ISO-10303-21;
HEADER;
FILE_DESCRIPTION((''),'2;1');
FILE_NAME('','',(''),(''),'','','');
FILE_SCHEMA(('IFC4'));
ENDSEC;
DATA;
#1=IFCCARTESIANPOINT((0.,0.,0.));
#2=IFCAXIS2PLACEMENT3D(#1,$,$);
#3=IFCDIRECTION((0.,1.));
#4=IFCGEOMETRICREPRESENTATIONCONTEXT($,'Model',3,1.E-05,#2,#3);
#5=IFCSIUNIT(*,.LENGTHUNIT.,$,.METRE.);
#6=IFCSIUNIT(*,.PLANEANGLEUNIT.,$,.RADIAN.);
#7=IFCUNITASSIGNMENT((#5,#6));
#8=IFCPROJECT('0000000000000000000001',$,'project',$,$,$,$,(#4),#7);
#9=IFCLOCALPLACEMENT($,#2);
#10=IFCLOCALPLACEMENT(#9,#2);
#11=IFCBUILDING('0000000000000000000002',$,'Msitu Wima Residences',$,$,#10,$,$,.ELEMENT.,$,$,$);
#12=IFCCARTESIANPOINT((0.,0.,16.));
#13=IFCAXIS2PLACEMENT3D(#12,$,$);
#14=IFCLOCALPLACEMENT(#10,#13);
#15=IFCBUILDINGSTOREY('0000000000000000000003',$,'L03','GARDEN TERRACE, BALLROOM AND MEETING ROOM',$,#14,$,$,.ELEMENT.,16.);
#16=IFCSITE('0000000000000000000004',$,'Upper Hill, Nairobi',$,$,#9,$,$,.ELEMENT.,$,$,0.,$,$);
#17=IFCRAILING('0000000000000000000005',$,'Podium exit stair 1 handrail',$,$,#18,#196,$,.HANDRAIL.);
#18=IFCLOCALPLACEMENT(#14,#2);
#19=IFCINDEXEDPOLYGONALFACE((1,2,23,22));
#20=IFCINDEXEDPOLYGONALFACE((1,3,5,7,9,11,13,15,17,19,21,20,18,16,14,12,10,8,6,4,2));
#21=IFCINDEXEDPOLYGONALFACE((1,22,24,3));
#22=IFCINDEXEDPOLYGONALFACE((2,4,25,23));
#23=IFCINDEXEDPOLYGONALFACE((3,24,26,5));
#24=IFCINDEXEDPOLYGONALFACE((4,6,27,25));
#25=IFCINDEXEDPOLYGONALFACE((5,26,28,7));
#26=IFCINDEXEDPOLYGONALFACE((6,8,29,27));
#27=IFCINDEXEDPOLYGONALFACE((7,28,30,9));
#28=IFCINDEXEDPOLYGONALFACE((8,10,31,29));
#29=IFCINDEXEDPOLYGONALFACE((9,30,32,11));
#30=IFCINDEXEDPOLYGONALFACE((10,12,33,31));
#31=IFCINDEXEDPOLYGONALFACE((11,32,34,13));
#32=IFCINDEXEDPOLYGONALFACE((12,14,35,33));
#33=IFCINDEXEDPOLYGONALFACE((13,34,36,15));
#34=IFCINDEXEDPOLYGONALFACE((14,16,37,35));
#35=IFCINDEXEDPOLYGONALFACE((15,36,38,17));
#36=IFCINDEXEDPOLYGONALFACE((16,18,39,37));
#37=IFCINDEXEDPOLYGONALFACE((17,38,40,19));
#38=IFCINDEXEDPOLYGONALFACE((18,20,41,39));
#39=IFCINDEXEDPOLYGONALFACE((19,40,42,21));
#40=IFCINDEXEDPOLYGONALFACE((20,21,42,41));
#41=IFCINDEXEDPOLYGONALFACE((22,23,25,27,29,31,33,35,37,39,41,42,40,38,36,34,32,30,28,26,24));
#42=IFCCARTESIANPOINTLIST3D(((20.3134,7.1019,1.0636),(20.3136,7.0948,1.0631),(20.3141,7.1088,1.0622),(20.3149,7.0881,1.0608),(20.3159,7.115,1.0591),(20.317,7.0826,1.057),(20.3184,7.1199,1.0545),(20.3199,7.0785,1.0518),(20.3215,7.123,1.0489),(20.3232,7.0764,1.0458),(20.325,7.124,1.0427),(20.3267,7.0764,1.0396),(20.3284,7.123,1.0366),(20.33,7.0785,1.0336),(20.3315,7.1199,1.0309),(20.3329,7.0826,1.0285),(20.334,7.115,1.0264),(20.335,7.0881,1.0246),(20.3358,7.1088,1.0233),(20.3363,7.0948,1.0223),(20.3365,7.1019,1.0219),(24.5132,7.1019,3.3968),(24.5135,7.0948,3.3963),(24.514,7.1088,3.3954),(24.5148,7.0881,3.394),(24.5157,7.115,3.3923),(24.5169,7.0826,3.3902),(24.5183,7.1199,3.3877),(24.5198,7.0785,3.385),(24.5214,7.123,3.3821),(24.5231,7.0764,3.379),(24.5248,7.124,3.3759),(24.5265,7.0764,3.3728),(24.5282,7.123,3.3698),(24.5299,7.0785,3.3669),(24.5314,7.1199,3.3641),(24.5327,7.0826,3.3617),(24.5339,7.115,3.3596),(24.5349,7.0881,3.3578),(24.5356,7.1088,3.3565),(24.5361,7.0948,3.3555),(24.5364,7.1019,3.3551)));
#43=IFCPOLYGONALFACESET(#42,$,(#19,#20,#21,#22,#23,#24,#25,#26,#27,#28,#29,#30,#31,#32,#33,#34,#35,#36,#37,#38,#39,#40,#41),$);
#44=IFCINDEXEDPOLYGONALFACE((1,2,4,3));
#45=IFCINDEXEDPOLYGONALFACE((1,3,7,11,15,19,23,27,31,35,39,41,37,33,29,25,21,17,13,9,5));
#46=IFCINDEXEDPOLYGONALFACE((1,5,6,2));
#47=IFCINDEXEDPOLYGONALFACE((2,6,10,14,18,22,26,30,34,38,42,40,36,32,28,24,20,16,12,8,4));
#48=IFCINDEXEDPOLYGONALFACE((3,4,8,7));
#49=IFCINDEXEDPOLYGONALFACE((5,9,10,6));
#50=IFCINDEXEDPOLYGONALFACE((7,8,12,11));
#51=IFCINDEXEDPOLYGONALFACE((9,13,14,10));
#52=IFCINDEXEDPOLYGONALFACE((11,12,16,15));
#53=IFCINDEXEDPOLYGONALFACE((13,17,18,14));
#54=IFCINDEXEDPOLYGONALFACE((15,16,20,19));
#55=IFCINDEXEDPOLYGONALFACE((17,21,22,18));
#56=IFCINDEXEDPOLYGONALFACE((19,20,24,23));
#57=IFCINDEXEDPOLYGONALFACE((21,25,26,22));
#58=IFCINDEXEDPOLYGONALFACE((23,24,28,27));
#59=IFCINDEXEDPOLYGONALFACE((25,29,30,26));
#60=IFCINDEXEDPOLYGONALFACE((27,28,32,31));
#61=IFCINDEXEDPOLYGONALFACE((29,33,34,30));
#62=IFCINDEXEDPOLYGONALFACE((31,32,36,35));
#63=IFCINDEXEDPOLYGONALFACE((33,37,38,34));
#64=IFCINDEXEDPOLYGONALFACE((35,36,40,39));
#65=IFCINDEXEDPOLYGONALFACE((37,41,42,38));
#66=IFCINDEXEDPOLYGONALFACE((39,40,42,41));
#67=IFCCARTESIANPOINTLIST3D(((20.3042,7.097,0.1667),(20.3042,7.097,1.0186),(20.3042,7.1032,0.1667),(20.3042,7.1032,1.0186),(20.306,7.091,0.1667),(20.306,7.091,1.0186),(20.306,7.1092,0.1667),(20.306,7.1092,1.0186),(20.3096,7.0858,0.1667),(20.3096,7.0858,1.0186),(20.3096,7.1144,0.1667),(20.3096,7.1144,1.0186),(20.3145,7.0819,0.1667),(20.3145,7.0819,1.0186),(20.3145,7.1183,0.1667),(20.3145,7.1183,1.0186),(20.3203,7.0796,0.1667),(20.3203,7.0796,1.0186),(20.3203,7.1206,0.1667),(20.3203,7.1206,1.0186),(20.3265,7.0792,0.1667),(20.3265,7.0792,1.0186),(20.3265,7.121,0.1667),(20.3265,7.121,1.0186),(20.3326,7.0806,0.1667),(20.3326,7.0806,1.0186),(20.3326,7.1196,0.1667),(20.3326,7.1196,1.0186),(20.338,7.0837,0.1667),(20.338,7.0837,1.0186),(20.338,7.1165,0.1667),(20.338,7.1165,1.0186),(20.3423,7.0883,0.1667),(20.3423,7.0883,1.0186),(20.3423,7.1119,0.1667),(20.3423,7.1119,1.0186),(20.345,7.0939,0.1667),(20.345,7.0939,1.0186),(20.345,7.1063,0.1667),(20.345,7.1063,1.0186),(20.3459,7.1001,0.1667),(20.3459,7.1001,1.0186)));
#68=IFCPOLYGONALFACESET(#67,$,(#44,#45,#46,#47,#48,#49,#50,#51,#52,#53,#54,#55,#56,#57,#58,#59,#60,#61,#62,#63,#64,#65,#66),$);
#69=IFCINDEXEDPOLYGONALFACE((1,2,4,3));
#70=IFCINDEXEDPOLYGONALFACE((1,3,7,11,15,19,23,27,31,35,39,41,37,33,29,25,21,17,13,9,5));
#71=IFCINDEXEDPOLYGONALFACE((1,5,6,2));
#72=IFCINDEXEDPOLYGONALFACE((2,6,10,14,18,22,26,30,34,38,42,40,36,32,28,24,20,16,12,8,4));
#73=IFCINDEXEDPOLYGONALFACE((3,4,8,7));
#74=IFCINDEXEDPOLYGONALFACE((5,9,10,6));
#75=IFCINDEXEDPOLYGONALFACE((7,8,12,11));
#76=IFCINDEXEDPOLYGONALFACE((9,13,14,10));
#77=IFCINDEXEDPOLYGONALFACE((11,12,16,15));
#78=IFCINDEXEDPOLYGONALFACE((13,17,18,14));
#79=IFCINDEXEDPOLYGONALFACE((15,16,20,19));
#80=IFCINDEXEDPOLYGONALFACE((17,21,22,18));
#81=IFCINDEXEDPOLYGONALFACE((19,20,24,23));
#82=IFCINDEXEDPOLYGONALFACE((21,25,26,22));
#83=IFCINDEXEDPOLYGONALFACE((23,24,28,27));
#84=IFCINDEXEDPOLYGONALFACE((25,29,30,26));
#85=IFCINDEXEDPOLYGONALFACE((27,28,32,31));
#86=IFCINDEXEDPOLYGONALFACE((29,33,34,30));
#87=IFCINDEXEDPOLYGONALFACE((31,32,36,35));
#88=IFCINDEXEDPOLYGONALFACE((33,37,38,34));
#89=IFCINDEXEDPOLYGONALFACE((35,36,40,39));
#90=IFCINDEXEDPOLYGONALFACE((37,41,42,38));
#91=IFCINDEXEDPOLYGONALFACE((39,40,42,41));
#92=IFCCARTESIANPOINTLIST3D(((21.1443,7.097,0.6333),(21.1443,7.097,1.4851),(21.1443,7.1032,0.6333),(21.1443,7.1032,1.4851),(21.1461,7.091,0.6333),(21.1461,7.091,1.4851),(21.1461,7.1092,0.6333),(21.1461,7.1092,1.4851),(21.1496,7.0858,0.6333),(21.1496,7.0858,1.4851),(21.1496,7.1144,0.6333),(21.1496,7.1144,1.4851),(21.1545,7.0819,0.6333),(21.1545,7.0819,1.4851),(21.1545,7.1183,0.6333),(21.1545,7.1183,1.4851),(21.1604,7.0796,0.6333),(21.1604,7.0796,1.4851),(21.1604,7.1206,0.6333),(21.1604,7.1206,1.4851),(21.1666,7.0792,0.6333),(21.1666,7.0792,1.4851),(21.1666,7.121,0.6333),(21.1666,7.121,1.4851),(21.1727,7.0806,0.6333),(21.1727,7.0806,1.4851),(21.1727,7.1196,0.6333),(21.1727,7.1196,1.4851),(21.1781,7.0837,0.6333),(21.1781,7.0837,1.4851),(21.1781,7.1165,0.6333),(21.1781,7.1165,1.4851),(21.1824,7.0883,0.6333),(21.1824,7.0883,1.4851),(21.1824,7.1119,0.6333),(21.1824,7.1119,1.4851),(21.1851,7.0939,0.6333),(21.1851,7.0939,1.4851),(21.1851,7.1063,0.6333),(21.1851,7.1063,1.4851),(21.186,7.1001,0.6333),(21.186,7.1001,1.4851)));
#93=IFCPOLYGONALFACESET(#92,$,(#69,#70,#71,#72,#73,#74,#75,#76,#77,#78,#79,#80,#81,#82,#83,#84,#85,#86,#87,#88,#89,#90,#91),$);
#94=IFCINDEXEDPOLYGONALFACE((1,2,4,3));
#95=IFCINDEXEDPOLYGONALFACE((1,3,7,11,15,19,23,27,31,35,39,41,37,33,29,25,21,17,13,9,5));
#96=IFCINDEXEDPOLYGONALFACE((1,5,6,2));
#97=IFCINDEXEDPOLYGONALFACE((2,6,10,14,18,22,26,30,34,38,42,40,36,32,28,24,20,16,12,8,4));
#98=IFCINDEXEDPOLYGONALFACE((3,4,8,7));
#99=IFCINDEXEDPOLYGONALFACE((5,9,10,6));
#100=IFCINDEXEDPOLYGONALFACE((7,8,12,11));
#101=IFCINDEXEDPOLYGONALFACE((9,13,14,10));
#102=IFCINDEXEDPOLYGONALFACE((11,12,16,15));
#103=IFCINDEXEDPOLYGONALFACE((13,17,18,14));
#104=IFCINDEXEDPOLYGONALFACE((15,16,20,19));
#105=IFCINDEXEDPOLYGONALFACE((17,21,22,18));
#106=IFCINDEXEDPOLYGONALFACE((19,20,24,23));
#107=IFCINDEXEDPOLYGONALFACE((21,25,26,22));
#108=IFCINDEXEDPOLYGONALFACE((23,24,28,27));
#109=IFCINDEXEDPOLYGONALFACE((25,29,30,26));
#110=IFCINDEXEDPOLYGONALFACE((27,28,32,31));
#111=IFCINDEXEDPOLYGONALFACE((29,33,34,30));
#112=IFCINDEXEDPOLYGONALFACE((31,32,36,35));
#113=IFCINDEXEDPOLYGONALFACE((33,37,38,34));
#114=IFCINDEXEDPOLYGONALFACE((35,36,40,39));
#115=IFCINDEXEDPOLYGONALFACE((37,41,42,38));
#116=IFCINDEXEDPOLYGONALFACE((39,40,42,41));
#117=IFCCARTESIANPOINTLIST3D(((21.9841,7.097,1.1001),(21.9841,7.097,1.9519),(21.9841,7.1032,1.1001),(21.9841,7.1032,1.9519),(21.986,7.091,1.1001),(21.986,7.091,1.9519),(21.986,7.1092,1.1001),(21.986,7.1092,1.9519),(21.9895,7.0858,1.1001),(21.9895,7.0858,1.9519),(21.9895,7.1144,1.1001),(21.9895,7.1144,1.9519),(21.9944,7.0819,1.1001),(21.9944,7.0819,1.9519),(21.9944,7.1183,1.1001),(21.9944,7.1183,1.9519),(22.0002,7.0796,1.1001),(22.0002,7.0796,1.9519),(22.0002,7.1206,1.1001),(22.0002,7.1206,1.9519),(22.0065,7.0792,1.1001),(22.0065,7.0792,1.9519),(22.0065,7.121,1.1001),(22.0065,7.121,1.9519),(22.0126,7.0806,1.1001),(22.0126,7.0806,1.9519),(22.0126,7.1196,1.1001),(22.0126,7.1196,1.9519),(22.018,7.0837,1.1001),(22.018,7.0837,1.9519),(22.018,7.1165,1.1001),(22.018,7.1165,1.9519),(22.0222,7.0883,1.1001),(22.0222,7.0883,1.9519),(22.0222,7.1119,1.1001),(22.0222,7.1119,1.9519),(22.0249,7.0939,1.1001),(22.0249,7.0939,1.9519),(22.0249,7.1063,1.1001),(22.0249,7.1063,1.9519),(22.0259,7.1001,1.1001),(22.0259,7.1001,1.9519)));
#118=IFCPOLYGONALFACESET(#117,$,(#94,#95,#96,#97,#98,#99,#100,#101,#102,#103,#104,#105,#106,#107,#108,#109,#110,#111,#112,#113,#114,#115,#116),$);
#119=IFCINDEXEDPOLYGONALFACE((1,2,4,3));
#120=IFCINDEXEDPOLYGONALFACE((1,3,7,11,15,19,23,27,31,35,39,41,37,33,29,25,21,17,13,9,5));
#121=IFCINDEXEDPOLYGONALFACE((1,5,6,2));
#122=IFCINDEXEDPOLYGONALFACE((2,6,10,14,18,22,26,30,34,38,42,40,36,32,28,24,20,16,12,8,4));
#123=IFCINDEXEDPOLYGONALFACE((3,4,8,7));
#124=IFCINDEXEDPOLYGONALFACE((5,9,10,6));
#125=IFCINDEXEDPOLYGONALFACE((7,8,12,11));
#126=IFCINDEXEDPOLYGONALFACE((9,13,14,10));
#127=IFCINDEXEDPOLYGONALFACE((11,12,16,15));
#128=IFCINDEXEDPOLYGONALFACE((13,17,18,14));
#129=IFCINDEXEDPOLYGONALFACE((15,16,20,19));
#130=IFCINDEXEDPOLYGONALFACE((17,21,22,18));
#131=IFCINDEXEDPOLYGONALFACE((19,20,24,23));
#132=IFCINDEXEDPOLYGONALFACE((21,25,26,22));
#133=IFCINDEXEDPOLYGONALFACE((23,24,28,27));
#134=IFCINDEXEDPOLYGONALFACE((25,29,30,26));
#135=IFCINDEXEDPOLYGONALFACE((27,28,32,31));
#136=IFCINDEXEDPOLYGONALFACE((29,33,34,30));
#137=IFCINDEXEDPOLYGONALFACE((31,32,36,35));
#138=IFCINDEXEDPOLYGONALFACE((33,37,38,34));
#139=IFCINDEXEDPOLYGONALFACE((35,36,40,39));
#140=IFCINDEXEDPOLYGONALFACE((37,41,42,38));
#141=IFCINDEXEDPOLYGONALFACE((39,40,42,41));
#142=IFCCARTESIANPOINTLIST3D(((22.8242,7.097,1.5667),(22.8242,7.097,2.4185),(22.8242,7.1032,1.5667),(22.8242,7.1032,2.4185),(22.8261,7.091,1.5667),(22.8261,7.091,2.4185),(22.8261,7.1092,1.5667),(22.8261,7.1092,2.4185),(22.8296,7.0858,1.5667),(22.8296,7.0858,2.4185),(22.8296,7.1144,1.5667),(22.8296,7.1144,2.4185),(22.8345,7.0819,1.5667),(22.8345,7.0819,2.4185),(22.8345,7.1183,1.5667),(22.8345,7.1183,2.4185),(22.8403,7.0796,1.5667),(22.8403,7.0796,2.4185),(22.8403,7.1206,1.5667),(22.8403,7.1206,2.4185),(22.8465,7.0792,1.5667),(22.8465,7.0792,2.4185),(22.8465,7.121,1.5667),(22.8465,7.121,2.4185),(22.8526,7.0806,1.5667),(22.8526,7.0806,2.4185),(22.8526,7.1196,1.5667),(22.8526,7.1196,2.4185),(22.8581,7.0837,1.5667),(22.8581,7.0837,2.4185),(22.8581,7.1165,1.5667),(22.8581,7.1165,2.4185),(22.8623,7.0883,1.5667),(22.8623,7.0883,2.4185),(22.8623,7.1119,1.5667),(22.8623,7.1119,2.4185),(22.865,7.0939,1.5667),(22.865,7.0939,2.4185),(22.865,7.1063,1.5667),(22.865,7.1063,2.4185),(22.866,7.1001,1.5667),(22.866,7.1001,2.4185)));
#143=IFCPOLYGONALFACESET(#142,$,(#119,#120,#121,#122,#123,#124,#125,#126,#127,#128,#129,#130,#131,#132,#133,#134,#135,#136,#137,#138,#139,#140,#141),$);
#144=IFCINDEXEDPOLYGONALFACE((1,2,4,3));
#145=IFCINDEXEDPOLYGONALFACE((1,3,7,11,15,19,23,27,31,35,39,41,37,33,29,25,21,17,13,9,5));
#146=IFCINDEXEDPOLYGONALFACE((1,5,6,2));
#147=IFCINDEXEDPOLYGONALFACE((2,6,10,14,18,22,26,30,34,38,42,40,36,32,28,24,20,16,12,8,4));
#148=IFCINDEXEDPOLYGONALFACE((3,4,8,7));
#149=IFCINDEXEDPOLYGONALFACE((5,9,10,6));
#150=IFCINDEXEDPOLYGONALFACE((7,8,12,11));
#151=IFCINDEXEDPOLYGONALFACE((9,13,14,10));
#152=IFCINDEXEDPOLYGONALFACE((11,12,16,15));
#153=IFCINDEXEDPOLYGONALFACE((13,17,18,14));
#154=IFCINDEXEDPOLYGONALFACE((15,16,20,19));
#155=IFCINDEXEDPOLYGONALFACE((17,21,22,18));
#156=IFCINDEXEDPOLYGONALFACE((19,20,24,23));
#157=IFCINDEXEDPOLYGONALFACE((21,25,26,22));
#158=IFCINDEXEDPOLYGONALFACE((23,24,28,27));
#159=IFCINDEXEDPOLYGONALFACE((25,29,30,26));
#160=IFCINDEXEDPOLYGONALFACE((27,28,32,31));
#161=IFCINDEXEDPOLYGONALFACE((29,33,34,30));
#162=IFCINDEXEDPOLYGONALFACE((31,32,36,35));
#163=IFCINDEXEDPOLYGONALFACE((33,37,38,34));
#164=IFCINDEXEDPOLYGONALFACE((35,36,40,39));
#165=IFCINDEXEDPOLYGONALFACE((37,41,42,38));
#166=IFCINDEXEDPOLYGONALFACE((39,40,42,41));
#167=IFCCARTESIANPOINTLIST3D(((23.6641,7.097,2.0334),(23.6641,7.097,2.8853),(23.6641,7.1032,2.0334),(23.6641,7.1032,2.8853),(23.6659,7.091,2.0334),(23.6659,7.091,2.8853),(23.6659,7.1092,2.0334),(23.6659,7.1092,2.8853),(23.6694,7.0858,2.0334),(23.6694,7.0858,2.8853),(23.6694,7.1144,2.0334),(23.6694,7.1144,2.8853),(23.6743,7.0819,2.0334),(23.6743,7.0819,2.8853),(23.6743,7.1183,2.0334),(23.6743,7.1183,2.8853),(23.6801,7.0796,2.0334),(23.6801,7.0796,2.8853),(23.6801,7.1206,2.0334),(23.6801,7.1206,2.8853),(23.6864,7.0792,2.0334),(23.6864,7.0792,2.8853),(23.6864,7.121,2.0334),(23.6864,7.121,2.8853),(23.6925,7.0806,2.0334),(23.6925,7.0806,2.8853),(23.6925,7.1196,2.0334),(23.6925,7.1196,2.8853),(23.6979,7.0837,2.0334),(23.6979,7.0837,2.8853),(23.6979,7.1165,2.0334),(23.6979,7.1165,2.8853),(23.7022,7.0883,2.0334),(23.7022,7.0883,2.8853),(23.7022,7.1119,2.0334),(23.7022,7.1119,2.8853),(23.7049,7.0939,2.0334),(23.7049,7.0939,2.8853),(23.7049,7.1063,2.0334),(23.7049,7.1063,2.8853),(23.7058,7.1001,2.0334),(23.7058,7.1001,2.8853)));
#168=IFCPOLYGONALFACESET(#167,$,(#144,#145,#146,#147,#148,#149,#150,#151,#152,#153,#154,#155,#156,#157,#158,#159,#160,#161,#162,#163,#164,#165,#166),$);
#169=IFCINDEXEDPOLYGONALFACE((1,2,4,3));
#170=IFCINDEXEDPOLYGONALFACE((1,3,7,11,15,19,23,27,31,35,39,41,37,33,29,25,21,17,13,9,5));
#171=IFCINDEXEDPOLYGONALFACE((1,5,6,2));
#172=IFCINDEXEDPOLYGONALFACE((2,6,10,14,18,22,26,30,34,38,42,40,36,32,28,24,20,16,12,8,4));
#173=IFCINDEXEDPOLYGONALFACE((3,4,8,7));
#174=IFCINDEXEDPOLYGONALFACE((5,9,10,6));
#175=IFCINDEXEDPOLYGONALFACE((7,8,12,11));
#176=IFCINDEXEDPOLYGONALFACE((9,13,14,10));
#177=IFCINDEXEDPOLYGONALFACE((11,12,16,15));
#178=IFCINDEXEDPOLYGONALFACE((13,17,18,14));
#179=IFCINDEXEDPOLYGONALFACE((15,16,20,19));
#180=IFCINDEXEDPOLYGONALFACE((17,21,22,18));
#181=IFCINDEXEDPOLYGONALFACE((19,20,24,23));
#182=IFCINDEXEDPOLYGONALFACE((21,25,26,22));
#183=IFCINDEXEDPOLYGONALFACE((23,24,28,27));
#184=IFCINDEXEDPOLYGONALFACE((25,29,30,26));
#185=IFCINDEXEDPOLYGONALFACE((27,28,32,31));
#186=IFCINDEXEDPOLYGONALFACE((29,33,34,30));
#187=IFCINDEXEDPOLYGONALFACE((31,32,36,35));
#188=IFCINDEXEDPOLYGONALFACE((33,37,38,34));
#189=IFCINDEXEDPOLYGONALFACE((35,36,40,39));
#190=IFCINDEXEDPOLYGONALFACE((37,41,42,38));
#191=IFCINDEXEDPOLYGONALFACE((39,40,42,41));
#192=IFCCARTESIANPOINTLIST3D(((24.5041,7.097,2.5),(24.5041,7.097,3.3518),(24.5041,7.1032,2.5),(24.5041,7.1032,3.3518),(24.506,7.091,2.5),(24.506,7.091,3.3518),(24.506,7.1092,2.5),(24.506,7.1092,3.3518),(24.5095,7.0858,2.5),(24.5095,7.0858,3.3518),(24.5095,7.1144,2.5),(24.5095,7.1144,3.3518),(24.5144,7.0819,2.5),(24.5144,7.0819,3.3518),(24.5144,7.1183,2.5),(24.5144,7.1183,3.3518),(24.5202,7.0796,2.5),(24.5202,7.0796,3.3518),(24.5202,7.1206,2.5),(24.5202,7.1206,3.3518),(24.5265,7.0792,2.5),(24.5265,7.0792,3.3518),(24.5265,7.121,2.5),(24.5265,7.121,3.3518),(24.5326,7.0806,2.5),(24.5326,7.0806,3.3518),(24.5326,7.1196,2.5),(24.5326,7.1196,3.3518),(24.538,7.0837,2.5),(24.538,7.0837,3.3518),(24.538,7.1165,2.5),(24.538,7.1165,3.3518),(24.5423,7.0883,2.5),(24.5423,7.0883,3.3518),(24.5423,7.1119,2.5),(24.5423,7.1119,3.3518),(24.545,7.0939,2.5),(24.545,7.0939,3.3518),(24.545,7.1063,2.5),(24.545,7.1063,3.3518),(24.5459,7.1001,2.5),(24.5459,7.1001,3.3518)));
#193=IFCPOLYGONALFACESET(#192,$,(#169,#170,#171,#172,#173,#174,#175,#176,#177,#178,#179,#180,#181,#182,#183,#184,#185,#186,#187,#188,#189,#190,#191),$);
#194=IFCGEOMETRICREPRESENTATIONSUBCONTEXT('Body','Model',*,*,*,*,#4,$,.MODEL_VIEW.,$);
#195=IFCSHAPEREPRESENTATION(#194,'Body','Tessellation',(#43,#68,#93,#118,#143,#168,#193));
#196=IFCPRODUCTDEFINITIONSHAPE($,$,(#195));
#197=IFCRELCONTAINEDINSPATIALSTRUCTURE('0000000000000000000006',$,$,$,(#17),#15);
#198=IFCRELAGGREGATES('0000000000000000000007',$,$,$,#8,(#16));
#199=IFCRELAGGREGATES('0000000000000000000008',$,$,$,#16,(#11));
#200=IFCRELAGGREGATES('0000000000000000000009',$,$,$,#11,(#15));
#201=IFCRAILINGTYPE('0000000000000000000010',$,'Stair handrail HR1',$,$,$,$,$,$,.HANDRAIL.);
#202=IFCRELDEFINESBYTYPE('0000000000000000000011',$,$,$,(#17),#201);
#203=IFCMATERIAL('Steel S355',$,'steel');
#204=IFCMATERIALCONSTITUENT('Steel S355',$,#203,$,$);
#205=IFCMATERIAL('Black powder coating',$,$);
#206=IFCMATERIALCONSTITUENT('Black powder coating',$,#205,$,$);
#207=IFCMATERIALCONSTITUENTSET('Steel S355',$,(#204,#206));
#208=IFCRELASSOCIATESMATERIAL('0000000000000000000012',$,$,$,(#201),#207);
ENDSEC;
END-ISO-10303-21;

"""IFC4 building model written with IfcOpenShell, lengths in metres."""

from ifc_helpers import new_model, si_unit, direction, frame, origin, origin_2d, place, context, subcontext, project, spatial, circle, extrude, material, constituent, constituent_set, type_object, element, save


model = new_model("IFC4")

# Units and contexts
model_context = context("Model", 3, precision=1e-05, world=origin(), true_north=direction((0.0, 1.0)))
body_context = subcontext(model_context, "Body", "Model", "MODEL_VIEW")
ifc_project = project(units=[si_unit("LENGTHUNIT", "METRE"), si_unit("PLANEANGLEUNIT", "RADIAN")], contexts=[model_context])

# Site, building, storey
site_placement = place(None, origin())
site = spatial("IfcSite", under=ifc_project, at=site_placement, Name="Upper Hill, Nairobi", CompositionType="ELEMENT", RefElevation=0.0)
building_placement = place(site_placement, origin())
building = spatial("IfcBuilding", under=site, at=building_placement, Name="Msitu Wima Residences", CompositionType="ELEMENT")
storey_placement = place(building_placement, frame((0.0, 0.0, 16.0)))
storey = spatial("IfcBuildingStorey", under=building, at=storey_placement, Name="L03", Description="GARDEN TERRACE, BALLROOM AND MEETING ROOM", CompositionType="ELEMENT", Elevation=16.0)

# Railing
ifc_material_1 = material(Name="Steel S355", Category="steel")
ifc_constituent_1 = constituent(ifc_material_1, Name="Steel S355")
ifc_material_2 = material(Name="Black powder coating")
ifc_constituent_2 = constituent(ifc_material_2, Name="Black powder coating")
ifc_constituent_set = constituent_set(constituents=[ifc_constituent_1, ifc_constituent_2], Name="Steel S355")
railing_type = type_object("IfcRailingType", Name="Stair handrail HR1", PredefinedType="HANDRAIL", material=ifc_constituent_set)
for number, where, name in (
    (1, (20.325, 7.1001, 0.1667), "Podium exit stair 1 handrail"),
):
    element("IfcRailing", number, at=place(storey_placement, frame(where)), inside=storey, type_object=railing_type, Name=name, PredefinedType="HANDRAIL", context=body_context, shape_type="SweptSolid", body=[
        extrude(circle(Radius=0.0239, at=origin_2d()), frame((0.0, 0.0, 0.876), z_axis=(0.874162, 0.0, 0.485634), x_axis=(0.0, 1.0, 0.0)), (0.0, 0.0, 1.0), 4.8044),
        extrude(circle(Radius=0.021, at=origin_2d()), origin(), (0.0, 0.0, 1.0), 0.8518),
        extrude(circle(Radius=0.021, at=origin_2d()), frame((0.8401, 0.0, 0.4666)), (0.0, 0.0, 1.0), 0.8518),
        extrude(circle(Radius=0.021, at=origin_2d()), frame((1.6799, 0.0, 0.9333)), (0.0, 0.0, 1.0), 0.8518),
        extrude(circle(Radius=0.021, at=origin_2d()), frame((2.52, 0.0, 1.3999)), (0.0, 0.0, 1.0), 0.8518),
        extrude(circle(Radius=0.021, at=origin_2d()), frame((3.3599, 0.0, 1.8667)), (0.0, 0.0, 1.0), 0.8518),
        extrude(circle(Radius=0.021, at=origin_2d()), frame((4.2, 0.0, 2.3333)), (0.0, 0.0, 1.0), 0.8518),
    ])

save(model, "model.ifc")
